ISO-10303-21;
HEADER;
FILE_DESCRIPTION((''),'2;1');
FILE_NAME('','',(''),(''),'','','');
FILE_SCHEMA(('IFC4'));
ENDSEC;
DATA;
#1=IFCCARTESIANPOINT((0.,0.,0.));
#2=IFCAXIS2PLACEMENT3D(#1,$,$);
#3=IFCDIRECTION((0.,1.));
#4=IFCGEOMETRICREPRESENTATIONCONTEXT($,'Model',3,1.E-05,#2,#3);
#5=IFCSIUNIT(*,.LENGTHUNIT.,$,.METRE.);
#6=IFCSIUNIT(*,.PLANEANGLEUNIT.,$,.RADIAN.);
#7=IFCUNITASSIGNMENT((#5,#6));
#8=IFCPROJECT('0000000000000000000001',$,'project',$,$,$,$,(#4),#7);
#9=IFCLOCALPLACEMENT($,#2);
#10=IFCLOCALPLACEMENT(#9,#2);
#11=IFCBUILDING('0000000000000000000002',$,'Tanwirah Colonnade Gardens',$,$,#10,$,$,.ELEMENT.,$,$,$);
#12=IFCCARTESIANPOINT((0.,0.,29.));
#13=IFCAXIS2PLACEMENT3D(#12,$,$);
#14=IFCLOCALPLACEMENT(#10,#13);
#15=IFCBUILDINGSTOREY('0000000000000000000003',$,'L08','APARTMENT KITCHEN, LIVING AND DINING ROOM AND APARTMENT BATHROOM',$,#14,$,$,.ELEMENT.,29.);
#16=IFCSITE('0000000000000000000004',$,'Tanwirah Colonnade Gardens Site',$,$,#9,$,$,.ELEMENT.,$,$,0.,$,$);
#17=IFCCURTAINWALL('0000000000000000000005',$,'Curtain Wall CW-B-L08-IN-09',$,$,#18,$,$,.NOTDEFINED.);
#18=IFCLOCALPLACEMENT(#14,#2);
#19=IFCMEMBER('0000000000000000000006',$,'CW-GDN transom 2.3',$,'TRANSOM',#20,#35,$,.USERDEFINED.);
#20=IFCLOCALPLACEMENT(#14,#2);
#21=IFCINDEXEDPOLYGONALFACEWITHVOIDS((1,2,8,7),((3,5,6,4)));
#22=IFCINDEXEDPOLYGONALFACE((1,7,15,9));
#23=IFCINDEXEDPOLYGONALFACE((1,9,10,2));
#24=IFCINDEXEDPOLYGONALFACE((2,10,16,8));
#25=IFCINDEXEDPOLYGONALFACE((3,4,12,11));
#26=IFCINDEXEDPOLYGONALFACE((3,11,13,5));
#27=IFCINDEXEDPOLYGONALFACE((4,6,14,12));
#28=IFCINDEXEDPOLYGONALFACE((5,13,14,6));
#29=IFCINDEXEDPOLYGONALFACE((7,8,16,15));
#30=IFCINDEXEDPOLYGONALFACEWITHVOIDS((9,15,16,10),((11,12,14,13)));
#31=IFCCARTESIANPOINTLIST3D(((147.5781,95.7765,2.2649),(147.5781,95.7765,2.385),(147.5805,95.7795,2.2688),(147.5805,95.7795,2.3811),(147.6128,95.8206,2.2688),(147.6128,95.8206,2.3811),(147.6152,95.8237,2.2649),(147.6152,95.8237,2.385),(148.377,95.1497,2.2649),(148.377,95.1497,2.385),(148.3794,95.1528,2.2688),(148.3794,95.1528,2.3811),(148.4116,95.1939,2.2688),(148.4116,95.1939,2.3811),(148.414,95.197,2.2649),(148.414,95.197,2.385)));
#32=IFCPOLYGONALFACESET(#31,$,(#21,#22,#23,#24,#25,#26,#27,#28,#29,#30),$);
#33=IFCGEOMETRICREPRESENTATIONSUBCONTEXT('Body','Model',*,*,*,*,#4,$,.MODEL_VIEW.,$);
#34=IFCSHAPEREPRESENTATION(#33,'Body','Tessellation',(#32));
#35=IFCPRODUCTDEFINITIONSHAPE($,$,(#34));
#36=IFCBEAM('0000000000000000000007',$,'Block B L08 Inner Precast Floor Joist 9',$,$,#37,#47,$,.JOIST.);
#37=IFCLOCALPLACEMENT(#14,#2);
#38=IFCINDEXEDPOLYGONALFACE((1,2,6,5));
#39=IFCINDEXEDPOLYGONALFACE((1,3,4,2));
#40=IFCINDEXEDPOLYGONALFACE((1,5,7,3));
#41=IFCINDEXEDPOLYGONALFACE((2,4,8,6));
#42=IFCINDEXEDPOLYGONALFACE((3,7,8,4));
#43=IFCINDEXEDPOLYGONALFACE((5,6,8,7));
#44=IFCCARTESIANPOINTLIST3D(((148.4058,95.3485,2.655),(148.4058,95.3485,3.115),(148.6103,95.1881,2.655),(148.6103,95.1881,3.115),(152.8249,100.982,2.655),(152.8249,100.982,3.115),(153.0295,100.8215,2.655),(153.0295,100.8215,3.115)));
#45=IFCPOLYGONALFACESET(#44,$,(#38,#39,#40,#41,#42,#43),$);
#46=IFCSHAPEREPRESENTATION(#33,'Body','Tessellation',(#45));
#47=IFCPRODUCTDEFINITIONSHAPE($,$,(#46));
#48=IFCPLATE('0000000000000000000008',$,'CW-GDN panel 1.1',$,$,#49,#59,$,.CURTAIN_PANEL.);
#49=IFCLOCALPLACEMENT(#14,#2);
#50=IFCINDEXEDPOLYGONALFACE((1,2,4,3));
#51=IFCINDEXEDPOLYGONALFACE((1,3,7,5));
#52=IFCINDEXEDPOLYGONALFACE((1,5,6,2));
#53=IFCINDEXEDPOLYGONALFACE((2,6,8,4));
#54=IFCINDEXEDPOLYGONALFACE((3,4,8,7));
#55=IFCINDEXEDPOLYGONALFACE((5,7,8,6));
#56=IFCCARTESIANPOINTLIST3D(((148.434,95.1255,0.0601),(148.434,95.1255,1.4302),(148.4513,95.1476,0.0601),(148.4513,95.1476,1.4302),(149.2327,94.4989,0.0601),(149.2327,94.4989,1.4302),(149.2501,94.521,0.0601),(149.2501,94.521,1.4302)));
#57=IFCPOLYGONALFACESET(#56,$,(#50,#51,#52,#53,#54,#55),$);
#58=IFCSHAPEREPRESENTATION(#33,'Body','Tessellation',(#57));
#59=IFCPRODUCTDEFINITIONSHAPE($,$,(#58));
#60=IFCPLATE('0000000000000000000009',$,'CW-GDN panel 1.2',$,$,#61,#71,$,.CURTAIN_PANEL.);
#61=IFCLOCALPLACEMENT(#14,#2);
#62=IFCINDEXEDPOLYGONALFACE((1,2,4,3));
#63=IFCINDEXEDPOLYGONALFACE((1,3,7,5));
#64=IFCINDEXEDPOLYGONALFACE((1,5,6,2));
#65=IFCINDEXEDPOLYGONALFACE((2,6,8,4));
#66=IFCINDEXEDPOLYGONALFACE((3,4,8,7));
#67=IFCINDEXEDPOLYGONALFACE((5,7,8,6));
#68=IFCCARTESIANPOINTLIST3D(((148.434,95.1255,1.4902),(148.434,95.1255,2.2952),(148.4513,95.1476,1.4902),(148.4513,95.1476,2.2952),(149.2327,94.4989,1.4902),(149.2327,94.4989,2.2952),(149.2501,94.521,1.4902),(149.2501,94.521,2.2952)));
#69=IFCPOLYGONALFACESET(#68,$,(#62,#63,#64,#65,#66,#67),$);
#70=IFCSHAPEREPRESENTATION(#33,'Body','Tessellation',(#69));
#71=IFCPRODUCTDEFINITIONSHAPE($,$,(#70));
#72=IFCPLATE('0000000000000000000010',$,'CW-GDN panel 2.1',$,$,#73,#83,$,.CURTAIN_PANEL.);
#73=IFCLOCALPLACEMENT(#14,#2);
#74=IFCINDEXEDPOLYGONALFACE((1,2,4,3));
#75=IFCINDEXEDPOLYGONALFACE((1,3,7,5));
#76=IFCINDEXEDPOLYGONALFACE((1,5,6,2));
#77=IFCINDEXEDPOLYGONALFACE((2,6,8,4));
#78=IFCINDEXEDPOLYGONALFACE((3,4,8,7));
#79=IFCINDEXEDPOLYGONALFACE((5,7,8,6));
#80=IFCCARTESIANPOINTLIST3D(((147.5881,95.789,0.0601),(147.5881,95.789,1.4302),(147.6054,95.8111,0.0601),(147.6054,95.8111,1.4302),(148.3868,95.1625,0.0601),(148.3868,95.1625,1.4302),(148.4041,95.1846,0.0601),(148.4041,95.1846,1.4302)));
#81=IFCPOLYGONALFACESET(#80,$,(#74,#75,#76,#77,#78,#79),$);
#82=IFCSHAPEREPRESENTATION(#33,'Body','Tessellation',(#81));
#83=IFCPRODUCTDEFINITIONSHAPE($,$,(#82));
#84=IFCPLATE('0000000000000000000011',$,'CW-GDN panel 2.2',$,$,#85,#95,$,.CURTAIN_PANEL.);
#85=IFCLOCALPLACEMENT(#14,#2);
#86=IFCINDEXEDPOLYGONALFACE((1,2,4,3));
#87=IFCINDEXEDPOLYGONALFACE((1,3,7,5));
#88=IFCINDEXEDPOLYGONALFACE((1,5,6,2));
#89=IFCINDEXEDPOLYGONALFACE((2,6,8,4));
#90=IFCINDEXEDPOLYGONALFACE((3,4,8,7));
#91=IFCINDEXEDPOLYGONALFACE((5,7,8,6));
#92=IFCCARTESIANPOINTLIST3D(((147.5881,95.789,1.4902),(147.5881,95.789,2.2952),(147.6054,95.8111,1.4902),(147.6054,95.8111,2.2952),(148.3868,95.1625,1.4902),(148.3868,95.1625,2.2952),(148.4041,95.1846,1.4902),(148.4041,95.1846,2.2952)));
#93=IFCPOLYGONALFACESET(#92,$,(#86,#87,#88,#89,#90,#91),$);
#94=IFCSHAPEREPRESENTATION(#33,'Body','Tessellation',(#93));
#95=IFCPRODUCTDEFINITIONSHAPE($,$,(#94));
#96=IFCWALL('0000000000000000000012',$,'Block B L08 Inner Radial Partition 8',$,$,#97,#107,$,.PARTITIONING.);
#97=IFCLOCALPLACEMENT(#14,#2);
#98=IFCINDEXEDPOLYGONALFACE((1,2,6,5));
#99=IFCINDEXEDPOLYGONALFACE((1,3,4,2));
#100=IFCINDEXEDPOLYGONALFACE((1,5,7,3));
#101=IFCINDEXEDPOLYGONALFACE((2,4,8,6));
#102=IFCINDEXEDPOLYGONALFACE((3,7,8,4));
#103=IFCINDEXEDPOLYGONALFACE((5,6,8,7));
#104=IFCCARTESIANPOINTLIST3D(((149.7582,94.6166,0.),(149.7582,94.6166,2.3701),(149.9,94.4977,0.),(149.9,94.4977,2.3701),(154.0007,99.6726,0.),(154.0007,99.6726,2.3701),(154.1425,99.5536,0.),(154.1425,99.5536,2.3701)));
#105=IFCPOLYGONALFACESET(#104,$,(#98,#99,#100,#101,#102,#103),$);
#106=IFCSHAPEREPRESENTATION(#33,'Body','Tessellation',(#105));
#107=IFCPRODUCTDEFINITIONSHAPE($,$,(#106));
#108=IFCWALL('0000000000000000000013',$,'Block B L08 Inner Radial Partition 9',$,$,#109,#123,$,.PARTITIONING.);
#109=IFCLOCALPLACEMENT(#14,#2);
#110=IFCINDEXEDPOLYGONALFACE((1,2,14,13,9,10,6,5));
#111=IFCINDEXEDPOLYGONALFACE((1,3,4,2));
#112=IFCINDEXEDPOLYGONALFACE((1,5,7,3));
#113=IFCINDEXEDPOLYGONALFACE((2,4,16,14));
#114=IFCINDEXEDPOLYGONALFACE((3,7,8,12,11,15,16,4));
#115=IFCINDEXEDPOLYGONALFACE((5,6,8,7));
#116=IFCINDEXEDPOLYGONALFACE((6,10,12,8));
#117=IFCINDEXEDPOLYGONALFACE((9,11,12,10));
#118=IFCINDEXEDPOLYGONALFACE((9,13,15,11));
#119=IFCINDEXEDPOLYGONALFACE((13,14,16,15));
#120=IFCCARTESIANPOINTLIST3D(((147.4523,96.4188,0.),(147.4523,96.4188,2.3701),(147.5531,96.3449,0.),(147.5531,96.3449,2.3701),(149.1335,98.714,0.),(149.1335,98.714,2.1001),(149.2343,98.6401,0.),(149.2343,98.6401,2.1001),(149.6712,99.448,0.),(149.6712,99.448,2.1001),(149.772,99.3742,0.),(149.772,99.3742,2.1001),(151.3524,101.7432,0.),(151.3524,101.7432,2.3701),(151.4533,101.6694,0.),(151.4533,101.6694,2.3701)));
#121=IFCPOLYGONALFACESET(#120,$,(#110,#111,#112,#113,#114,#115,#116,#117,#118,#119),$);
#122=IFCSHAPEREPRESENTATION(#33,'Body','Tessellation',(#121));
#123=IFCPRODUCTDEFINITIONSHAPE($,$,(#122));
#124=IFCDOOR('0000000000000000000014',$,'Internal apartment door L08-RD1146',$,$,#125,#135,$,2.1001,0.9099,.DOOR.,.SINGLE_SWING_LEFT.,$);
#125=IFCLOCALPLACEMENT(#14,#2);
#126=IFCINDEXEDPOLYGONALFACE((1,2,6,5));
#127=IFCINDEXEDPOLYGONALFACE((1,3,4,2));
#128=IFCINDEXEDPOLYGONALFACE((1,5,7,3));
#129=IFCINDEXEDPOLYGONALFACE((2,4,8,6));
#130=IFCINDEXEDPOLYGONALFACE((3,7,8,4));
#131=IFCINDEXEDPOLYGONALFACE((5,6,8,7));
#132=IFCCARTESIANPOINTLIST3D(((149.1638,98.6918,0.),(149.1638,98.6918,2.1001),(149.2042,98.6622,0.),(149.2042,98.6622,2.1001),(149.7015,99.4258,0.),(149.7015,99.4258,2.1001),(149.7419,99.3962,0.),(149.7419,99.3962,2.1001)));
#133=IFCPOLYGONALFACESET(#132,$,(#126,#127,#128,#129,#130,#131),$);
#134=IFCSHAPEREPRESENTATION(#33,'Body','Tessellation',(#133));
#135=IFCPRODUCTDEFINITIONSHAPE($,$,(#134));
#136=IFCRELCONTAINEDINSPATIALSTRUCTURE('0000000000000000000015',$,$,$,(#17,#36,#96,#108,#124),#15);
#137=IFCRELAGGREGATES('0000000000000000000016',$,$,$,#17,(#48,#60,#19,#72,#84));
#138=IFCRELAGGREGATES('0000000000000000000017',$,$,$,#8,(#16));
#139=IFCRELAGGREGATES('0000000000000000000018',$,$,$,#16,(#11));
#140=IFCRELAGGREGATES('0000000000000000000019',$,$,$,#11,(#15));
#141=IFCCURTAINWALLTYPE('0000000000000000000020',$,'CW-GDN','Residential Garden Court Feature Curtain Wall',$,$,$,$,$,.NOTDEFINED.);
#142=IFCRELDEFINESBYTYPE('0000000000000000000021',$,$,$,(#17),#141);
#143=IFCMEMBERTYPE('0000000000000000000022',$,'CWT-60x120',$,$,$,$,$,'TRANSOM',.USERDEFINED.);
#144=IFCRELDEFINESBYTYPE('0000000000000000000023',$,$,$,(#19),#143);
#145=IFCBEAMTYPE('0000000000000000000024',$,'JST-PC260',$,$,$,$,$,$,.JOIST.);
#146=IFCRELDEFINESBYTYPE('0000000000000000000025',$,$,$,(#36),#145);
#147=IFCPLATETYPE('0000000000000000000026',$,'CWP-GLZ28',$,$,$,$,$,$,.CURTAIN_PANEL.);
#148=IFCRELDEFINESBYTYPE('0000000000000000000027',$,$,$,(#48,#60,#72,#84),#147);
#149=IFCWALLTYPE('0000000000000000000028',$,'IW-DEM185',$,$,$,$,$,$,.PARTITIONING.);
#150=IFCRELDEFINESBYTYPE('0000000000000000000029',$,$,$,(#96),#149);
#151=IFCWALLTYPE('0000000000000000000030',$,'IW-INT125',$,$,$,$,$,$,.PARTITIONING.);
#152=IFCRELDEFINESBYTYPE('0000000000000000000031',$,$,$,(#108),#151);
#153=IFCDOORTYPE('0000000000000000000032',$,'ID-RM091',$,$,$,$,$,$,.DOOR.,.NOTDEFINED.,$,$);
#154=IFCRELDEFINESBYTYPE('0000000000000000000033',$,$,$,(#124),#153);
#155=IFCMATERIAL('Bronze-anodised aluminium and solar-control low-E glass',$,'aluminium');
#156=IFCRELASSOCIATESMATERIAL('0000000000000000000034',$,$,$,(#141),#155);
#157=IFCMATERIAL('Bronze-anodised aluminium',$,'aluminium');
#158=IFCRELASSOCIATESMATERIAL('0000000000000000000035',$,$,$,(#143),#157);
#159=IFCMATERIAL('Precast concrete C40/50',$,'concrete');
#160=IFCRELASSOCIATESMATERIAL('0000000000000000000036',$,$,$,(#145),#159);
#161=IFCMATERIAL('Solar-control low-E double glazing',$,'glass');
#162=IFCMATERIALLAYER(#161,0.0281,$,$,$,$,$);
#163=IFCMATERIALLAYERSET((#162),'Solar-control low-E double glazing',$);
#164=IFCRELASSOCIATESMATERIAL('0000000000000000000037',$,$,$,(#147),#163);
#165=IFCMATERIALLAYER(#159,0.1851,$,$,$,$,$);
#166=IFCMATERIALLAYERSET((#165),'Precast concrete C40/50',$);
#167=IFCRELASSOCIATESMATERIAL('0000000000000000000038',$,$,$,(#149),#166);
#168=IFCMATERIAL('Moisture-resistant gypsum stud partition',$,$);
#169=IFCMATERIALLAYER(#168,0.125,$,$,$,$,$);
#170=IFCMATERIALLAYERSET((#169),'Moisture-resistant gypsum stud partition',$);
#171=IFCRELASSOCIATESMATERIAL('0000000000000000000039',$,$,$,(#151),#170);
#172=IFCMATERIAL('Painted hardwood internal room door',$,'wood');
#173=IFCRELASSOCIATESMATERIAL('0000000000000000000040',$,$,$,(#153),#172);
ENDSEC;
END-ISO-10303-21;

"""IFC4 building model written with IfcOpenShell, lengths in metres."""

from ifc_helpers import new_model, si_unit, direction, frame, frame_2d, origin, origin_2d, place, context, subcontext, project, spatial, rectangle, hollow_rectangle, extrude, material, layer, layer_set, material_profile, profile_set, type_object, element, fill, aggregate, save


model = new_model("IFC4")

# Units and contexts
model_context = context("Model", 3, precision=1e-05, world=origin(), true_north=direction((0.0, 1.0)))
body_context = subcontext(model_context, "Body", "Model", "MODEL_VIEW")
ifc_project = project(units=[si_unit("LENGTHUNIT", "METRE"), si_unit("PLANEANGLEUNIT", "RADIAN")], contexts=[model_context])

# Site, building, storey
site_placement = place(None, origin())
site = spatial("IfcSite", under=ifc_project, at=site_placement, Name="Tanwirah Colonnade Gardens Site", CompositionType="ELEMENT", RefElevation=0.0)
building_placement = place(site_placement, origin())
building = spatial("IfcBuilding", under=site, at=building_placement, Name="Tanwirah Colonnade Gardens", CompositionType="ELEMENT")
storey_placement = place(building_placement, frame((0.0, 0.0, 29.0)))
storey = spatial("IfcBuildingStorey", under=building, at=storey_placement, Name="L08", Description="APARTMENT KITCHEN, LIVING AND DINING ROOM AND APARTMENT BATHROOM", CompositionType="ELEMENT", Elevation=29.0)

# Shared definitions
ifc_material_1 = material(Name="Precast concrete C40/50", Category="concrete")

# Curtain wall, member
ifc_material_2 = material(Name="Bronze-anodised aluminium and solar-control low-E glass", Category="aluminium")
curtain_wall_type = type_object("IfcCurtainWallType", Name="CW-GDN", Description="Residential Garden Court Feature Curtain Wall", PredefinedType="NOTDEFINED", material=ifc_material_2)
curtain_wall_placement = place(storey_placement, origin())
curtain_wall = element("IfcCurtainWall", 1, at=curtain_wall_placement, inside=storey, type_object=curtain_wall_type, Name="Curtain Wall CW-B-L08-IN-09", PredefinedType="NOTDEFINED")
ifc_material_3 = material(Name="Bronze-anodised aluminium", Category="aluminium")
ifc_material_profile_1 = material_profile(ifc_material_3, hollow_rectangle(XDim=0.0601, YDim=0.1201, WallThickness=0.0039, at=origin_2d()), Name="CW-TRN 60x120x4")
ifc_profile_set_1 = profile_set([ifc_material_profile_1], Name="Bronze-anodised aluminium")
member_type_1 = type_object("IfcMemberType", Name="CWT-60x120", ElementType="TRANSOM", PredefinedType="USERDEFINED", material=ifc_profile_set_1)
member_1_placement = place(storey_placement, frame((148.3955, 95.1733, 2.325), z_axis=(-0.786769, 0.617248, 0.0), x_axis=(-0.617248, -0.786769, 0.0)))
member_1 = element("IfcMember", 2, at=member_1_placement, type_object=member_type_1, Name="CW-GDN transom 2.3", ObjectType="TRANSOM", PredefinedType="USERDEFINED", context=body_context, shape_type="SweptSolid", body=[
    extrude(hollow_rectangle(XDim=0.0601, YDim=0.1201, WallThickness=0.0039, at=origin_2d()), origin(), (0.0, 0.0, 1.0), 1.0154),
])

# Beam
ifc_material_profile_2 = material_profile(ifc_material_1, rectangle(XDim=0.26, YDim=0.46, at=origin_2d()), Name="PC-JST 260x460")
ifc_profile_set_2 = profile_set([ifc_material_profile_2], Name="Precast concrete C40/50")
beam_type_1 = type_object("IfcBeamType", Name="JST-PC260", PredefinedType="JOIST", material=ifc_profile_set_2)
beam_1_placement = place(storey_placement, frame((148.5081, 95.2683, 2.885), z_axis=(0.617202, 0.786804, 0.0), x_axis=(-0.786804, 0.617202, 0.0)))
element("IfcBeam", 3, at=beam_1_placement, inside=storey, type_object=beam_type_1, Name="Block B L08 Inner Precast Floor Joist 9", PredefinedType="JOIST", context=body_context, shape_type="SweptSolid", body=[
    extrude(rectangle(XDim=0.26, YDim=0.46, at=origin_2d()), origin(), (0.0, 0.0, 1.0), 7.1599),
])

# Plates
ifc_material_4 = material(Name="Solar-control low-E double glazing", Category="glass")
ifc_layer_1 = layer(ifc_material_4, 0.0281)
ifc_layer_set_1 = layer_set([ifc_layer_1], Name="Solar-control low-E double glazing")
plate_type = type_object("IfcPlateType", Name="CWP-GLZ28", PredefinedType="CURTAIN_PANEL", material=ifc_layer_set_1)
plate_1_placement = place(storey_placement, frame((148.842, 94.8232, 0.0601), z_axis=(0.0, 0.0, 1.0), x_axis=(-0.786815, 0.617189, 0.0)))
plate_1 = element("IfcPlate", 4, at=plate_1_placement, type_object=plate_type, Name="CW-GDN panel 1.1", PredefinedType="CURTAIN_PANEL", context=body_context, shape_type="SweptSolid", body=[
    extrude(rectangle(XDim=1.0151, YDim=0.0281, at=origin_2d()), origin(), (0.0, 0.0, 1.0), 1.3701),
])
plate_2_placement = place(storey_placement, frame((148.842, 94.8232, 1.4902), z_axis=(0.0, 0.0, 1.0), x_axis=(-0.786815, 0.617189, 0.0)))
plate_2 = element("IfcPlate", 5, at=plate_2_placement, type_object=plate_type, Name="CW-GDN panel 1.2", PredefinedType="CURTAIN_PANEL", context=body_context, shape_type="SweptSolid", body=[
    extrude(rectangle(XDim=1.0151, YDim=0.0281, at=origin_2d()), origin(), (0.0, 0.0, 1.0), 0.8049),
])
plate_3_placement = place(storey_placement, frame((147.9961, 95.4868, 0.0601), z_axis=(0.0, 0.0, 1.0), x_axis=(-0.786815, 0.617189, 0.0)))
plate_3 = element("IfcPlate", 6, at=plate_3_placement, type_object=plate_type, Name="CW-GDN panel 2.1", PredefinedType="CURTAIN_PANEL", context=body_context, shape_type="SweptSolid", body=[
    extrude(rectangle(XDim=1.0151, YDim=0.0281, at=origin_2d()), origin(), (0.0, 0.0, 1.0), 1.3701),
])
plate_4_placement = place(storey_placement, frame((147.9961, 95.4868, 1.4902), z_axis=(0.0, 0.0, 1.0), x_axis=(-0.786815, 0.617189, 0.0)))
plate_4 = element("IfcPlate", 7, at=plate_4_placement, type_object=plate_type, Name="CW-GDN panel 2.2", PredefinedType="CURTAIN_PANEL", context=body_context, shape_type="SweptSolid", body=[
    extrude(rectangle(XDim=1.0151, YDim=0.0281, at=origin_2d()), origin(), (0.0, 0.0, 1.0), 0.8049),
])
aggregate(curtain_wall, [plate_1, plate_2, member_1, plate_3, plate_4])

# Wall
ifc_layer_2 = layer(ifc_material_1, 0.1851)
ifc_layer_set_2 = layer_set([ifc_layer_2], Name="Precast concrete C40/50")
wall_type_1 = type_object("IfcWallType", Name="IW-DEM185", PredefinedType="PARTITIONING", material=ifc_layer_set_2)
wall_1_placement = place(storey_placement, frame((149.8291, 94.5571, 0.0), z_axis=(0.0, 0.0, 1.0), x_axis=(0.642789, 0.766043, 0.0)))
element("IfcWall", 8, at=wall_1_placement, inside=storey, type_object=wall_type_1, Name="Block B L08 Inner Radial Partition 8", PredefinedType="PARTITIONING", context=body_context, shape_type="SweptSolid", body=[
    extrude(rectangle(XDim=6.6001, YDim=0.1851, at=frame_2d((3.3, 0.0))), origin(), (0.0, 0.0, 1.0), 2.3701),
])

# Wall, opening, door
ifc_material_5 = material(Name="Moisture-resistant gypsum stud partition")
ifc_layer_3 = layer(ifc_material_5, 0.125)
ifc_layer_set_3 = layer_set([ifc_layer_3], Name="Moisture-resistant gypsum stud partition")
wall_type_2 = type_object("IfcWallType", Name="IW-INT125", PredefinedType="PARTITIONING", material=ifc_layer_set_3)
wall_2_placement = place(storey_placement, frame((147.5027, 96.3818, 0.0), z_axis=(0.0, 0.0, 1.0), x_axis=(0.590924, 0.806727, 0.0)))
wall_2 = element("IfcWall", 9, at=wall_2_placement, inside=storey, type_object=wall_type_2, Name="Block B L08 Inner Radial Partition 9", PredefinedType="PARTITIONING", context=body_context, shape_type="SweptSolid", body=[
    extrude(rectangle(XDim=6.6001, YDim=0.125, at=frame_2d((3.3, 0.0))), origin(), (0.0, 0.0, 1.0), 2.3701),
])
opening_1_placement = place(wall_2_placement, frame((2.845, 0.0, 0.0)))
opening_1 = element("IfcOpeningElement", 10, at=opening_1_placement, cuts=wall_2, PredefinedType="OPENING", context=body_context, shape_type="SweptSolid", body=[
    extrude(rectangle(XDim=0.9099, YDim=2.1001, at=frame_2d((0.4551, 1.05))), frame((0.0, 0.0725, 0.0), z_axis=(0.0, -1.0, 0.0), x_axis=(1.0, 0.0, 0.0)), (0.0, 0.0, 1.0), 0.145),
])
ifc_material_6 = material(Name="Painted hardwood internal room door", Category="wood")
door_type_1 = type_object("IfcDoorType", Name="ID-RM091", OperationType="NOTDEFINED", PredefinedType="DOOR", material=ifc_material_6)
door_1_placement = place(opening_1_placement, origin())
door_1 = element("IfcDoor", 11, at=door_1_placement, inside=storey, type_object=door_type_1, Name="Internal apartment door L08-RD1146", OperationType="SINGLE_SWING_LEFT", OverallHeight=2.1001, OverallWidth=0.9099, PredefinedType="DOOR", context=body_context, shape_type="SweptSolid", body=[
    extrude(rectangle(XDim=0.9099, YDim=2.1001, at=frame_2d((0.4551, 1.05))), frame((0.0, 0.0249, 0.0), z_axis=(0.0, -1.0, 0.0), x_axis=(1.0, 0.0, 0.0)), (0.0, 0.0, 1.0), 0.05),
])
fill(opening_1, door_1)

save(model, "model.ifc")
